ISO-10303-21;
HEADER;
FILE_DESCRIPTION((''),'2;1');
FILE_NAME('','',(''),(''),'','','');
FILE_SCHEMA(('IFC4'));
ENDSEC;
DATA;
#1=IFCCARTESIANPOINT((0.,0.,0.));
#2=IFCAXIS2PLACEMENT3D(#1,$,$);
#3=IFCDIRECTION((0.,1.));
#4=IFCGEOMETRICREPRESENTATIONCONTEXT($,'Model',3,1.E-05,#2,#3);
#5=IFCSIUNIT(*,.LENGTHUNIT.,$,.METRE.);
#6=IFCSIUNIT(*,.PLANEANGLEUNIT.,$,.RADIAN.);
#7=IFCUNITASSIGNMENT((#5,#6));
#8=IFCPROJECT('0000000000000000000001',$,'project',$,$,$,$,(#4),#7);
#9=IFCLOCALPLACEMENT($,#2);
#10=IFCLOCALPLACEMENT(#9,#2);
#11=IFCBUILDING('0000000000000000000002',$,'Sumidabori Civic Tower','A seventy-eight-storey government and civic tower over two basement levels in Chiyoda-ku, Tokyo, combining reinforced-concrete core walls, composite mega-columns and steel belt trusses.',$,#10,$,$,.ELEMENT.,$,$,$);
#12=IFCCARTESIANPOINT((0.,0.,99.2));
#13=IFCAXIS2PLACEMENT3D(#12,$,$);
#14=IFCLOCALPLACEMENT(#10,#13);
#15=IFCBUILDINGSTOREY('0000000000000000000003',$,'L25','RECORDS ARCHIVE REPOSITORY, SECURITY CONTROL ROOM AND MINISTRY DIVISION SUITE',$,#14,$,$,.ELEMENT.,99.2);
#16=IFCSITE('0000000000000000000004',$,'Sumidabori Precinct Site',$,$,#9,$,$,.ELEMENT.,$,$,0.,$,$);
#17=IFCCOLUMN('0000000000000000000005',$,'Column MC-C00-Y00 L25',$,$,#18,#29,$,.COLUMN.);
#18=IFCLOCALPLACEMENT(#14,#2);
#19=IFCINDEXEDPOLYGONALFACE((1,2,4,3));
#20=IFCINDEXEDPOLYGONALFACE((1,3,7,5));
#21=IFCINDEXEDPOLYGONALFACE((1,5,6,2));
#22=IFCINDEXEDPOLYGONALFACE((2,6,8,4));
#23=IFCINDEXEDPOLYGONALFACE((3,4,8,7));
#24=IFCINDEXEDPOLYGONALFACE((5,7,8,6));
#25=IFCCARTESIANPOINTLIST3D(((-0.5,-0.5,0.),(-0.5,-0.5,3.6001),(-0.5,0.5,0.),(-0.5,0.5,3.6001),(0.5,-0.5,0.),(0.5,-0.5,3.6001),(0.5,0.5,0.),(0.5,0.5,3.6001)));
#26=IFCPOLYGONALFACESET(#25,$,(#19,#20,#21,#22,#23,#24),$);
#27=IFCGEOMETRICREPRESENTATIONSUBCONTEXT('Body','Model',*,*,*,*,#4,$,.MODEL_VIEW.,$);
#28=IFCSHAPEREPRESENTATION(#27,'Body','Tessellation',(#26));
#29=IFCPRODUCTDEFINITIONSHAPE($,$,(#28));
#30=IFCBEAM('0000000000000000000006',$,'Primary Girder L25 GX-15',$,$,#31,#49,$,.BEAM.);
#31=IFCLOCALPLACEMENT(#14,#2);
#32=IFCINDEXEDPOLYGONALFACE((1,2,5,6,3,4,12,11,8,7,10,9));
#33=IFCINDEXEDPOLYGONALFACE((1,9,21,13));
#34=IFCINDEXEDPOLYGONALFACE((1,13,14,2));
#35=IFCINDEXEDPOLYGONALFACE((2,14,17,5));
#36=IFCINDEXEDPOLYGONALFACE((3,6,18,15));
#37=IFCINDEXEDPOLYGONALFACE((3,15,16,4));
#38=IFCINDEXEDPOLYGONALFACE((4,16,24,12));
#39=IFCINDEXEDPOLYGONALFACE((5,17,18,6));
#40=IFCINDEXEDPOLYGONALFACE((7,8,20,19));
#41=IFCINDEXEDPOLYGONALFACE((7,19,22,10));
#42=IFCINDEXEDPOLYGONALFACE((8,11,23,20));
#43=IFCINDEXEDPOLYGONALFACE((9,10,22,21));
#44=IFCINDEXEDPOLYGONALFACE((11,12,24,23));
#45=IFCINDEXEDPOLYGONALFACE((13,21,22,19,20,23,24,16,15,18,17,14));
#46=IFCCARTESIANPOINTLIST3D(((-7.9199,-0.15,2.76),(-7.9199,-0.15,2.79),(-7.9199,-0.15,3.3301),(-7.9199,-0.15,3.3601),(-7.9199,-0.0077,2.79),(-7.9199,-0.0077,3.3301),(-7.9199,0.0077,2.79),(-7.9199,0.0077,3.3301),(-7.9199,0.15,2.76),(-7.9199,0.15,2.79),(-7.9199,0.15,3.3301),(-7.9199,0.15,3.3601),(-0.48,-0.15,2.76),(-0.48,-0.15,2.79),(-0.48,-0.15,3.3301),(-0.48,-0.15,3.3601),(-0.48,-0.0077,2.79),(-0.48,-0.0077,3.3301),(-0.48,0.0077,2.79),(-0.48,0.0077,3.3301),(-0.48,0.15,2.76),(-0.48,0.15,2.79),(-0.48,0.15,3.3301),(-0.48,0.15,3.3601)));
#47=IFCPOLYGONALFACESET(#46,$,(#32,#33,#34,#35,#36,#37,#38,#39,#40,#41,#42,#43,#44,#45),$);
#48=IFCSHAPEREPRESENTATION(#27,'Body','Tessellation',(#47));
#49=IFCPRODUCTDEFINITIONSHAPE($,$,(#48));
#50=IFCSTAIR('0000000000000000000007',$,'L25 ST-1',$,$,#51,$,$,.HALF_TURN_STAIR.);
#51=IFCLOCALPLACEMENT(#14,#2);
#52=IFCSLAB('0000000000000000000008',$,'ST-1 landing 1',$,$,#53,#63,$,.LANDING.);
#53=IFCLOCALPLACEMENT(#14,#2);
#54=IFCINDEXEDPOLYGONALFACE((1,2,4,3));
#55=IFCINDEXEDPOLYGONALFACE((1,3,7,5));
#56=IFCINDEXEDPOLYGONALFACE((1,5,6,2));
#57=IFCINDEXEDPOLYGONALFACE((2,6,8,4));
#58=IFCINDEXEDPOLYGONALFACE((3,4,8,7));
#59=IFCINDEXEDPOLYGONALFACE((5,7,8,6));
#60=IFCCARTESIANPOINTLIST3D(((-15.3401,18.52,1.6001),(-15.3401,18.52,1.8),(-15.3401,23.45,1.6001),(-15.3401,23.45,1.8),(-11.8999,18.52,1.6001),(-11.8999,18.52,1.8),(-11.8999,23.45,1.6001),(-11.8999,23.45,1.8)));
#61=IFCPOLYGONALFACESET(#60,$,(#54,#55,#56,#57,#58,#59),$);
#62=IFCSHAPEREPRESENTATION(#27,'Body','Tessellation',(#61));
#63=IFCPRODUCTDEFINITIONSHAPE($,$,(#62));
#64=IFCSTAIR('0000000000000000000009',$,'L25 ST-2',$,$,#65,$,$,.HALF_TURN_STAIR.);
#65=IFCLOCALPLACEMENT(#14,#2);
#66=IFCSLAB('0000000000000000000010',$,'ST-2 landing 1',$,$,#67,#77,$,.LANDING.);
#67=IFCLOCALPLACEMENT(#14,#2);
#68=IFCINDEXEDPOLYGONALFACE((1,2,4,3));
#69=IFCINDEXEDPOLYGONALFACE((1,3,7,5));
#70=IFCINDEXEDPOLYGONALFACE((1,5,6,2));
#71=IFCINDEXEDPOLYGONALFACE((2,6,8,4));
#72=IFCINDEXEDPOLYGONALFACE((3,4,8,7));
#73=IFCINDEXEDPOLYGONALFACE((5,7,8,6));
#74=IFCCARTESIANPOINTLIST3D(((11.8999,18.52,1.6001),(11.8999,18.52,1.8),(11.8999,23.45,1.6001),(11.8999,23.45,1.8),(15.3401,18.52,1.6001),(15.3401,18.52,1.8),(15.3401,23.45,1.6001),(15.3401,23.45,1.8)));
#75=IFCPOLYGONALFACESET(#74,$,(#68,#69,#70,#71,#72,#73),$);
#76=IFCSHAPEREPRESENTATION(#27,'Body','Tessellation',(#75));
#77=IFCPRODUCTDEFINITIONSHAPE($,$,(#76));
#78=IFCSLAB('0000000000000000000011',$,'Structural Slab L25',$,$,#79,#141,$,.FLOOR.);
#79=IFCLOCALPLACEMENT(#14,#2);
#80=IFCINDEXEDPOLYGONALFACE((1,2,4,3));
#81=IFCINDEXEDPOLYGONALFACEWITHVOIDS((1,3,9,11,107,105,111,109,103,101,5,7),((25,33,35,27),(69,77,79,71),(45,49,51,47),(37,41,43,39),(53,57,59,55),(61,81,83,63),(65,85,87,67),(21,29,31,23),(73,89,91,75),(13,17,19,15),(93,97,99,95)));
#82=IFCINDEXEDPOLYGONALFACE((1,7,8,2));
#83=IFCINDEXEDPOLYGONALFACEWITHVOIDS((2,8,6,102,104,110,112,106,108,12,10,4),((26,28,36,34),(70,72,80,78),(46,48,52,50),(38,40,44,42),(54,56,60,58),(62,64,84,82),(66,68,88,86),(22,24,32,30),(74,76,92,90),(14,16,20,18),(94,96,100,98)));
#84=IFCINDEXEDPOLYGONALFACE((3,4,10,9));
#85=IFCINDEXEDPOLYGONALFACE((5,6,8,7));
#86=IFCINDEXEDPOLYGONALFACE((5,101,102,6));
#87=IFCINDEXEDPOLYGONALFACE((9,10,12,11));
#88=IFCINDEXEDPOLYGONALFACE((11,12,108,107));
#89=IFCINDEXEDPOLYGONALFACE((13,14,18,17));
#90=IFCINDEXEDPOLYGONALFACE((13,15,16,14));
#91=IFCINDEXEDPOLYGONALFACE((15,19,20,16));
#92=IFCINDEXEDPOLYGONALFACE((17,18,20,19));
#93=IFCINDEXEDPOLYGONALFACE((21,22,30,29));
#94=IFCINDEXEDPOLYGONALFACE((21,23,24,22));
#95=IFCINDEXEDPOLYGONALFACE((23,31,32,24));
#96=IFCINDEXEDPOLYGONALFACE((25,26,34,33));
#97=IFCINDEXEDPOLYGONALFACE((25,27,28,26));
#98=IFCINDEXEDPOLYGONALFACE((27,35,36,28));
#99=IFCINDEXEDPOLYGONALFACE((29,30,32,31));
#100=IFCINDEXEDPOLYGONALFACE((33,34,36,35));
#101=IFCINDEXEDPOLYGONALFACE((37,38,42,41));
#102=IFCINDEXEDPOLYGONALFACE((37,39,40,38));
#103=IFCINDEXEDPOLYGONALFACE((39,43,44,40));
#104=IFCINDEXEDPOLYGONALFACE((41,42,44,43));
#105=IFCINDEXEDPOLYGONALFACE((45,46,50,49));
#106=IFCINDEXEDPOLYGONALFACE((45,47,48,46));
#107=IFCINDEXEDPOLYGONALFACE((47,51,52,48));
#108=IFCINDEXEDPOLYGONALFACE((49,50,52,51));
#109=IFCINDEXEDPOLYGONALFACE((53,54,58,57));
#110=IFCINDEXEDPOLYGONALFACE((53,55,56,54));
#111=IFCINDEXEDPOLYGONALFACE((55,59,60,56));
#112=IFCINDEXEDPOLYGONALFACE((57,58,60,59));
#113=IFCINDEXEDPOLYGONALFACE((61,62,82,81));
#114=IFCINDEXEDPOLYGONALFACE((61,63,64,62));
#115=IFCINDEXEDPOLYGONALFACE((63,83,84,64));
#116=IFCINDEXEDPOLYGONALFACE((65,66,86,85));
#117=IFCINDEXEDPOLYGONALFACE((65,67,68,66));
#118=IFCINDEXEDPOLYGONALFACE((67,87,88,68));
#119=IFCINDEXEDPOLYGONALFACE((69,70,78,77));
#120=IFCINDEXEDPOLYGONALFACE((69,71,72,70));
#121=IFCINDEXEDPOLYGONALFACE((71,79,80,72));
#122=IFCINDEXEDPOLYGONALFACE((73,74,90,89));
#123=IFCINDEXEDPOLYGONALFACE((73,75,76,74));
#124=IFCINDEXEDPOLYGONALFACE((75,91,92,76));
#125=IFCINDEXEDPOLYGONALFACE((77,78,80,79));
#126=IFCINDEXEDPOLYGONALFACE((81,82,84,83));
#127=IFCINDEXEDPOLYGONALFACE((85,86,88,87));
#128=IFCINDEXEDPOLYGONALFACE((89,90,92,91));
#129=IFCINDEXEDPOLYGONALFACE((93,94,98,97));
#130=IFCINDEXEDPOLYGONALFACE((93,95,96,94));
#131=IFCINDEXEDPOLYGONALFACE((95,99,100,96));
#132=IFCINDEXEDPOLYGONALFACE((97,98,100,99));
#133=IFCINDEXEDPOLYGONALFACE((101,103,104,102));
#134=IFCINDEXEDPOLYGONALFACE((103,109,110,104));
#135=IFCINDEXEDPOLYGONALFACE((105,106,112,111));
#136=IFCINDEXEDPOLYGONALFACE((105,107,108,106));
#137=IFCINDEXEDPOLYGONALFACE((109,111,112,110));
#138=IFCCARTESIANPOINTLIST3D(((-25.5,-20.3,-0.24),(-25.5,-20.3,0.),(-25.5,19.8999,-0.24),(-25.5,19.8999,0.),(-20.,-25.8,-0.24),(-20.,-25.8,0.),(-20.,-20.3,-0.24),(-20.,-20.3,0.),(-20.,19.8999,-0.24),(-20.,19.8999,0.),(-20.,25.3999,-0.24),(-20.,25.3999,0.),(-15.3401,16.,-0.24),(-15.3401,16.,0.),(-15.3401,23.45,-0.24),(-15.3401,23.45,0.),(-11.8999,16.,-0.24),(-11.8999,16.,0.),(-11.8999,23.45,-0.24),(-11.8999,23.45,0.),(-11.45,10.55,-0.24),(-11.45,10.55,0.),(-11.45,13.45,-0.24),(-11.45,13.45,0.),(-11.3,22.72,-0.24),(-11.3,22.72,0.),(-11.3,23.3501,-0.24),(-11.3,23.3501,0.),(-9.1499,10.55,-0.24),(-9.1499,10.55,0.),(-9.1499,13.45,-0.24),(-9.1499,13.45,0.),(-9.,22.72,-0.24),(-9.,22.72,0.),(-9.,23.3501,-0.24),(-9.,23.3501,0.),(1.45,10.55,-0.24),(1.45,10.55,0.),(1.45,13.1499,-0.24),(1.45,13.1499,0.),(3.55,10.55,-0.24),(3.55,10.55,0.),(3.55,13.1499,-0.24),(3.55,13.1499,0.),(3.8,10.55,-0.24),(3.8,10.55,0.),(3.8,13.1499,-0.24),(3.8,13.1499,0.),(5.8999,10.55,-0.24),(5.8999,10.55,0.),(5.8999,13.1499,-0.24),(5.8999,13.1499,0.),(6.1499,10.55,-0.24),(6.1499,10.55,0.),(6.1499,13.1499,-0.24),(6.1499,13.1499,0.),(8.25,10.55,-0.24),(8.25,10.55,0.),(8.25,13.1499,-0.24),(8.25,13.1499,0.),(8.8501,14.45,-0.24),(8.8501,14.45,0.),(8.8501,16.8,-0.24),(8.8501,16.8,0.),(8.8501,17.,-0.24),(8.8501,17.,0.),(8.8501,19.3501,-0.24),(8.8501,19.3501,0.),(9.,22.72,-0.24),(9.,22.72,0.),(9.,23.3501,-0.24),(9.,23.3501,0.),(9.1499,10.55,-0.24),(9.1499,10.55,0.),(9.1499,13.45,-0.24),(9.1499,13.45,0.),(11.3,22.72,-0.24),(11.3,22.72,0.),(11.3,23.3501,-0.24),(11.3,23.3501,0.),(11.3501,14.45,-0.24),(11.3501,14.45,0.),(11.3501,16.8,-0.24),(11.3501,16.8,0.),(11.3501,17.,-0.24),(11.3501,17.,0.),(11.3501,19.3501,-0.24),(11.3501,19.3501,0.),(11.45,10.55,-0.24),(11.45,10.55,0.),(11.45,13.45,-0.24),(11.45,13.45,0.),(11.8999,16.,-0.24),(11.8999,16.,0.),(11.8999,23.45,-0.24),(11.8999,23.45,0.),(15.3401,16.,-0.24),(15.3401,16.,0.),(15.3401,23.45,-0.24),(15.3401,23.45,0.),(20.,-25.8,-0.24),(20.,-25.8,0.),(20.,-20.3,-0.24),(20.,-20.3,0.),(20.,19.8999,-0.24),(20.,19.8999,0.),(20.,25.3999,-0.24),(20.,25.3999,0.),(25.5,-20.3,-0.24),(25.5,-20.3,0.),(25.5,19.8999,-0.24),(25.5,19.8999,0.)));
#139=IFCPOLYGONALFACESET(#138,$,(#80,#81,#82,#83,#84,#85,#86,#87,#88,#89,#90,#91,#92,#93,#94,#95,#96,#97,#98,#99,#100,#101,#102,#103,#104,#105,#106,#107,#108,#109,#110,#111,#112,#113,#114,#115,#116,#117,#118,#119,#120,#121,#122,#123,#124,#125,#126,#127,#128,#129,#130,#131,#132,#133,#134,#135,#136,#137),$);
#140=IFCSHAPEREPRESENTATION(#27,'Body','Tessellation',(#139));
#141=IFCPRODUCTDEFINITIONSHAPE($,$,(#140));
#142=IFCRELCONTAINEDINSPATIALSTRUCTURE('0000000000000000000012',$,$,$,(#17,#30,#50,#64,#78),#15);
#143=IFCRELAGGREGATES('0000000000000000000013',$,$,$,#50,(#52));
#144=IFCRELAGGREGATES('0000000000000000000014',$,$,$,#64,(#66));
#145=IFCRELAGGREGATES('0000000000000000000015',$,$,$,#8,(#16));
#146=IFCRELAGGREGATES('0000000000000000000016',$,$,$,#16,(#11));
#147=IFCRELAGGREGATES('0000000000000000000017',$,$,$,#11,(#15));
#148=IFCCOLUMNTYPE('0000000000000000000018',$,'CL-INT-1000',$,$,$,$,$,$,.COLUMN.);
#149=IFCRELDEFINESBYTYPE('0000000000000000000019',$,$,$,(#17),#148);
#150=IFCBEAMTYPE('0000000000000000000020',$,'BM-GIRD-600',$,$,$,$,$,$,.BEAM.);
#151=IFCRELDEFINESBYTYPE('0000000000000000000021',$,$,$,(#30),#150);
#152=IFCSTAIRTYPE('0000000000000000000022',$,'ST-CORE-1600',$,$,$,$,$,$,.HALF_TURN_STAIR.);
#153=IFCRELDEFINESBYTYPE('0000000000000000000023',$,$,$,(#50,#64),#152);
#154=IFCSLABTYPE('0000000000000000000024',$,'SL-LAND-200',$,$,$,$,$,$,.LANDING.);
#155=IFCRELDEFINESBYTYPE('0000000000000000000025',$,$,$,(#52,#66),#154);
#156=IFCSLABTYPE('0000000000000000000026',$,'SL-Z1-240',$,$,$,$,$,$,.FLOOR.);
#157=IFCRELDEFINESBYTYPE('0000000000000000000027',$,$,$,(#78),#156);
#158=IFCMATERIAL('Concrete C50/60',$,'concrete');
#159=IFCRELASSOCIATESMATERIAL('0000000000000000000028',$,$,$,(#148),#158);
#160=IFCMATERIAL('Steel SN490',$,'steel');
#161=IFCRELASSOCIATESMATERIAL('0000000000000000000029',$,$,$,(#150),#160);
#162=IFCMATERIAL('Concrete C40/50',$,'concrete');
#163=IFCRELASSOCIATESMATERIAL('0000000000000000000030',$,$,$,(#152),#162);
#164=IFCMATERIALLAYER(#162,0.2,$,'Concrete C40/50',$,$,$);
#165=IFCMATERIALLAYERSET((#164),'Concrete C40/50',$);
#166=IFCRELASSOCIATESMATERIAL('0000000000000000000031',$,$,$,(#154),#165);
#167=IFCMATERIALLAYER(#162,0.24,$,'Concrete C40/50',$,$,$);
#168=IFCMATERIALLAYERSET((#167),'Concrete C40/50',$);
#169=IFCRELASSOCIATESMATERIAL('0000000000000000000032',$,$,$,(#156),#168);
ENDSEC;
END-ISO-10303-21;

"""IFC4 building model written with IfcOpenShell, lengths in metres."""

from ifc_helpers import new_model, si_unit, direction, frame, origin, origin_with_axes, origin_2d, place, context, subcontext, project, spatial, polyline, rectangle, i_section, outline, extrude, source, transform, mapped, material, layer, layer_set, material_profile, profile_set, type_object, element, aggregate, save


model = new_model("IFC4")

# Units and contexts
model_context = context("Model", 3, precision=1e-05, world=origin(), true_north=direction((0.0, 1.0)))
body_context = subcontext(model_context, "Body", "Model", "MODEL_VIEW")
ifc_project = project(units=[si_unit("LENGTHUNIT", "METRE"), si_unit("PLANEANGLEUNIT", "RADIAN")], contexts=[model_context])

# Site, building, storey
site_placement = place(None, origin())
site = spatial("IfcSite", under=ifc_project, at=site_placement, Name="Sumidabori Precinct Site", CompositionType="ELEMENT", RefElevation=0.0)
building_placement = place(site_placement, origin())
building = spatial("IfcBuilding", under=site, at=building_placement, Name="Sumidabori Civic Tower", Description="A seventy-eight-storey government and civic tower over two basement levels in Chiyoda-ku, Tokyo, combining reinforced-concrete core walls, composite mega-columns and steel belt trusses.", CompositionType="ELEMENT")
storey_placement = place(building_placement, frame((0.0, 0.0, 99.2)))
storey = spatial("IfcBuildingStorey", under=building, at=storey_placement, Name="L25", Description="RECORDS ARCHIVE REPOSITORY, SECURITY CONTROL ROOM AND MINISTRY DIVISION SUITE", CompositionType="ELEMENT", Elevation=99.2)

# Column
ifc_material_1 = material(Name="Concrete C50/60", Category="concrete")
ifc_material_profile_1 = material_profile(ifc_material_1, rectangle(XDim=1.0, YDim=1.0, at=origin_2d()), Name="RC 1000x1000")
ifc_profile_set_1 = profile_set([ifc_material_profile_1], Name="Concrete C50/60")
column_type = type_object("IfcColumnType", Name="CL-INT-1000", PredefinedType="COLUMN", material=ifc_profile_set_1)
shared_shape_1 = source(origin(), body_context, "Body", "SweptSolid", [
    extrude(rectangle(XDim=1.0, YDim=1.0, at=origin_2d()), origin(), (0.0, 0.0, 1.0), 3.6001),
])
column_placement = place(storey_placement, origin_with_axes())
element("IfcColumn", 1, at=column_placement, inside=storey, type_object=column_type, Name="Column MC-C00-Y00 L25", PredefinedType="COLUMN", context=body_context, shape_type="MappedRepresentation", body=[
    mapped(shared_shape_1, transform((0.0, 0.0, 0.0), x_axis=(1.0, 0.0, 0.0), y_axis=(0.0, 1.0, 0.0), z_axis=(0.0, 0.0, 1.0), scale=1.0)),
])

# Beam
ifc_material_2 = material(Name="Steel SN490", Category="steel")
ifc_material_profile_2 = material_profile(ifc_material_2, i_section(OverallWidth=0.3, OverallDepth=0.6001, WebThickness=0.0154, FlangeThickness=0.03, at=origin_2d()), Name="HE 600 B")
ifc_profile_set_2 = profile_set([ifc_material_profile_2], Name="Steel SN490")
beam_type = type_object("IfcBeamType", Name="BM-GIRD-600", PredefinedType="BEAM", material=ifc_profile_set_2)
shared_shape_2 = source(origin(), body_context, "Body", "SweptSolid", [
    extrude(i_section(OverallWidth=0.3, OverallDepth=0.6001, WebThickness=0.0154, FlangeThickness=0.03, at=origin_2d()), origin(), (0.0, 0.0, 1.0), 7.4399),
])
beam_placement = place(storey_placement, frame((-7.9199, 0.0, 3.0601), z_axis=(1.0, 0.0, 0.0), x_axis=(0.0, 1.0, 0.0)))
element("IfcBeam", 2, at=beam_placement, inside=storey, type_object=beam_type, Name="Primary Girder L25 GX-15", PredefinedType="BEAM", context=body_context, shape_type="MappedRepresentation", body=[
    mapped(shared_shape_2, transform((0.0, 0.0, 0.0), x_axis=(1.0, 0.0, 0.0), y_axis=(0.0, 1.0, 0.0), z_axis=(0.0, 0.0, 1.0), scale=1.0)),
])

# Stairs, slabs
ifc_material_3 = material(Name="Concrete C40/50", Category="concrete")
stair_type = type_object("IfcStairType", Name="ST-CORE-1600", PredefinedType="HALF_TURN_STAIR", material=ifc_material_3)
stair_1_placement = place(storey_placement, origin())
stair_1 = element("IfcStair", 3, at=stair_1_placement, inside=storey, type_object=stair_type, Name="L25 ST-1", PredefinedType="HALF_TURN_STAIR")
ifc_layer_1 = layer(ifc_material_3, 0.2, Name="Concrete C40/50")
ifc_layer_set_1 = layer_set([ifc_layer_1], Name="Concrete C40/50")
slab_type_1 = type_object("IfcSlabType", Name="SL-LAND-200", PredefinedType="LANDING", material=ifc_layer_set_1)
slab_1_placement = place(storey_placement, frame((0.0, 0.0, 1.6001)))
slab_1 = element("IfcSlab", 4, at=slab_1_placement, type_object=slab_type_1, Name="ST-1 landing 1", PredefinedType="LANDING", context=body_context, shape_type="SweptSolid", body=[
    extrude(outline(polyline([(-11.8999, 18.52), (-11.8999, 23.45), (-15.3401, 23.45), (-15.3401, 18.52), (-11.8999, 18.52)])), origin(), (0.0, 0.0, 1.0), 0.2),
])
aggregate(stair_1, [slab_1])
stair_2_placement = place(storey_placement, origin())
stair_2 = element("IfcStair", 5, at=stair_2_placement, inside=storey, type_object=stair_type, Name="L25 ST-2", PredefinedType="HALF_TURN_STAIR")
slab_2_placement = place(storey_placement, frame((0.0, 0.0, 1.6001)))
slab_2 = element("IfcSlab", 6, at=slab_2_placement, type_object=slab_type_1, Name="ST-2 landing 1", PredefinedType="LANDING", context=body_context, shape_type="SweptSolid", body=[
    extrude(outline(polyline([(15.3401, 18.52), (15.3401, 23.45), (11.8999, 23.45), (11.8999, 18.52), (15.3401, 18.52)])), origin(), (0.0, 0.0, 1.0), 0.2),
])
aggregate(stair_2, [slab_2])

# Slab
ifc_layer_2 = layer(ifc_material_3, 0.24, Name="Concrete C40/50")
ifc_layer_set_2 = layer_set([ifc_layer_2], Name="Concrete C40/50")
slab_type_2 = type_object("IfcSlabType", Name="SL-Z1-240", PredefinedType="FLOOR", material=ifc_layer_set_2)
slab_3_placement = place(storey_placement, frame((0.0, 0.0, -0.24)))
element("IfcSlab", 7, at=slab_3_placement, inside=storey, type_object=slab_type_2, Name="Structural Slab L25", PredefinedType="FLOOR", context=body_context, shape_type="SweptSolid", body=[
    extrude(outline(polyline([(-20.0, -25.8), (20.0, -25.8), (20.0, -20.3), (25.5, -20.3), (25.5, 19.8999), (20.0, 19.8999), (20.0, 25.3999), (-20.0, 25.3999), (-20.0, 19.8999), (-25.5, 19.8999), (-25.5, -20.3), (-20.0, -20.3), (-20.0, -25.8)]), holes=[polyline([(-11.8999, 16.0), (-11.8999, 23.45), (-15.3401, 23.45), (-15.3401, 16.0), (-11.8999, 16.0)]), polyline([(15.3401, 16.0), (15.3401, 23.45), (11.8999, 23.45), (11.8999, 16.0), (15.3401, 16.0)]), polyline([(-11.45, 10.55), (-9.1499, 10.55), (-9.1499, 13.45), (-11.45, 13.45), (-11.45, 10.55)]), polyline([(9.1499, 10.55), (11.45, 10.55), (11.45, 13.45), (9.1499, 13.45), (9.1499, 10.55)]), polyline([(1.45, 10.55), (3.55, 10.55), (3.55, 13.1499), (1.45, 13.1499), (1.45, 10.55)]), polyline([(3.8, 10.55), (5.8999, 10.55), (5.8999, 13.1499), (3.8, 13.1499), (3.8, 10.55)]), polyline([(6.1499, 10.55), (8.25, 10.55), (8.25, 13.1499), (6.1499, 13.1499), (6.1499, 10.55)]), polyline([(8.8501, 14.45), (11.3501, 14.45), (11.3501, 16.8), (8.8501, 16.8), (8.8501, 14.45)]), polyline([(8.8501, 17.0), (11.3501, 17.0), (11.3501, 19.3501), (8.8501, 19.3501), (8.8501, 17.0)]), polyline([(-11.3, 22.72), (-9.0, 22.72), (-9.0, 23.3501), (-11.3, 23.3501), (-11.3, 22.72)]), polyline([(9.0, 22.72), (11.3, 22.72), (11.3, 23.3501), (9.0, 23.3501), (9.0, 22.72)])]), origin(), (0.0, 0.0, 1.0), 0.24),
])

save(model, "model.ifc")
